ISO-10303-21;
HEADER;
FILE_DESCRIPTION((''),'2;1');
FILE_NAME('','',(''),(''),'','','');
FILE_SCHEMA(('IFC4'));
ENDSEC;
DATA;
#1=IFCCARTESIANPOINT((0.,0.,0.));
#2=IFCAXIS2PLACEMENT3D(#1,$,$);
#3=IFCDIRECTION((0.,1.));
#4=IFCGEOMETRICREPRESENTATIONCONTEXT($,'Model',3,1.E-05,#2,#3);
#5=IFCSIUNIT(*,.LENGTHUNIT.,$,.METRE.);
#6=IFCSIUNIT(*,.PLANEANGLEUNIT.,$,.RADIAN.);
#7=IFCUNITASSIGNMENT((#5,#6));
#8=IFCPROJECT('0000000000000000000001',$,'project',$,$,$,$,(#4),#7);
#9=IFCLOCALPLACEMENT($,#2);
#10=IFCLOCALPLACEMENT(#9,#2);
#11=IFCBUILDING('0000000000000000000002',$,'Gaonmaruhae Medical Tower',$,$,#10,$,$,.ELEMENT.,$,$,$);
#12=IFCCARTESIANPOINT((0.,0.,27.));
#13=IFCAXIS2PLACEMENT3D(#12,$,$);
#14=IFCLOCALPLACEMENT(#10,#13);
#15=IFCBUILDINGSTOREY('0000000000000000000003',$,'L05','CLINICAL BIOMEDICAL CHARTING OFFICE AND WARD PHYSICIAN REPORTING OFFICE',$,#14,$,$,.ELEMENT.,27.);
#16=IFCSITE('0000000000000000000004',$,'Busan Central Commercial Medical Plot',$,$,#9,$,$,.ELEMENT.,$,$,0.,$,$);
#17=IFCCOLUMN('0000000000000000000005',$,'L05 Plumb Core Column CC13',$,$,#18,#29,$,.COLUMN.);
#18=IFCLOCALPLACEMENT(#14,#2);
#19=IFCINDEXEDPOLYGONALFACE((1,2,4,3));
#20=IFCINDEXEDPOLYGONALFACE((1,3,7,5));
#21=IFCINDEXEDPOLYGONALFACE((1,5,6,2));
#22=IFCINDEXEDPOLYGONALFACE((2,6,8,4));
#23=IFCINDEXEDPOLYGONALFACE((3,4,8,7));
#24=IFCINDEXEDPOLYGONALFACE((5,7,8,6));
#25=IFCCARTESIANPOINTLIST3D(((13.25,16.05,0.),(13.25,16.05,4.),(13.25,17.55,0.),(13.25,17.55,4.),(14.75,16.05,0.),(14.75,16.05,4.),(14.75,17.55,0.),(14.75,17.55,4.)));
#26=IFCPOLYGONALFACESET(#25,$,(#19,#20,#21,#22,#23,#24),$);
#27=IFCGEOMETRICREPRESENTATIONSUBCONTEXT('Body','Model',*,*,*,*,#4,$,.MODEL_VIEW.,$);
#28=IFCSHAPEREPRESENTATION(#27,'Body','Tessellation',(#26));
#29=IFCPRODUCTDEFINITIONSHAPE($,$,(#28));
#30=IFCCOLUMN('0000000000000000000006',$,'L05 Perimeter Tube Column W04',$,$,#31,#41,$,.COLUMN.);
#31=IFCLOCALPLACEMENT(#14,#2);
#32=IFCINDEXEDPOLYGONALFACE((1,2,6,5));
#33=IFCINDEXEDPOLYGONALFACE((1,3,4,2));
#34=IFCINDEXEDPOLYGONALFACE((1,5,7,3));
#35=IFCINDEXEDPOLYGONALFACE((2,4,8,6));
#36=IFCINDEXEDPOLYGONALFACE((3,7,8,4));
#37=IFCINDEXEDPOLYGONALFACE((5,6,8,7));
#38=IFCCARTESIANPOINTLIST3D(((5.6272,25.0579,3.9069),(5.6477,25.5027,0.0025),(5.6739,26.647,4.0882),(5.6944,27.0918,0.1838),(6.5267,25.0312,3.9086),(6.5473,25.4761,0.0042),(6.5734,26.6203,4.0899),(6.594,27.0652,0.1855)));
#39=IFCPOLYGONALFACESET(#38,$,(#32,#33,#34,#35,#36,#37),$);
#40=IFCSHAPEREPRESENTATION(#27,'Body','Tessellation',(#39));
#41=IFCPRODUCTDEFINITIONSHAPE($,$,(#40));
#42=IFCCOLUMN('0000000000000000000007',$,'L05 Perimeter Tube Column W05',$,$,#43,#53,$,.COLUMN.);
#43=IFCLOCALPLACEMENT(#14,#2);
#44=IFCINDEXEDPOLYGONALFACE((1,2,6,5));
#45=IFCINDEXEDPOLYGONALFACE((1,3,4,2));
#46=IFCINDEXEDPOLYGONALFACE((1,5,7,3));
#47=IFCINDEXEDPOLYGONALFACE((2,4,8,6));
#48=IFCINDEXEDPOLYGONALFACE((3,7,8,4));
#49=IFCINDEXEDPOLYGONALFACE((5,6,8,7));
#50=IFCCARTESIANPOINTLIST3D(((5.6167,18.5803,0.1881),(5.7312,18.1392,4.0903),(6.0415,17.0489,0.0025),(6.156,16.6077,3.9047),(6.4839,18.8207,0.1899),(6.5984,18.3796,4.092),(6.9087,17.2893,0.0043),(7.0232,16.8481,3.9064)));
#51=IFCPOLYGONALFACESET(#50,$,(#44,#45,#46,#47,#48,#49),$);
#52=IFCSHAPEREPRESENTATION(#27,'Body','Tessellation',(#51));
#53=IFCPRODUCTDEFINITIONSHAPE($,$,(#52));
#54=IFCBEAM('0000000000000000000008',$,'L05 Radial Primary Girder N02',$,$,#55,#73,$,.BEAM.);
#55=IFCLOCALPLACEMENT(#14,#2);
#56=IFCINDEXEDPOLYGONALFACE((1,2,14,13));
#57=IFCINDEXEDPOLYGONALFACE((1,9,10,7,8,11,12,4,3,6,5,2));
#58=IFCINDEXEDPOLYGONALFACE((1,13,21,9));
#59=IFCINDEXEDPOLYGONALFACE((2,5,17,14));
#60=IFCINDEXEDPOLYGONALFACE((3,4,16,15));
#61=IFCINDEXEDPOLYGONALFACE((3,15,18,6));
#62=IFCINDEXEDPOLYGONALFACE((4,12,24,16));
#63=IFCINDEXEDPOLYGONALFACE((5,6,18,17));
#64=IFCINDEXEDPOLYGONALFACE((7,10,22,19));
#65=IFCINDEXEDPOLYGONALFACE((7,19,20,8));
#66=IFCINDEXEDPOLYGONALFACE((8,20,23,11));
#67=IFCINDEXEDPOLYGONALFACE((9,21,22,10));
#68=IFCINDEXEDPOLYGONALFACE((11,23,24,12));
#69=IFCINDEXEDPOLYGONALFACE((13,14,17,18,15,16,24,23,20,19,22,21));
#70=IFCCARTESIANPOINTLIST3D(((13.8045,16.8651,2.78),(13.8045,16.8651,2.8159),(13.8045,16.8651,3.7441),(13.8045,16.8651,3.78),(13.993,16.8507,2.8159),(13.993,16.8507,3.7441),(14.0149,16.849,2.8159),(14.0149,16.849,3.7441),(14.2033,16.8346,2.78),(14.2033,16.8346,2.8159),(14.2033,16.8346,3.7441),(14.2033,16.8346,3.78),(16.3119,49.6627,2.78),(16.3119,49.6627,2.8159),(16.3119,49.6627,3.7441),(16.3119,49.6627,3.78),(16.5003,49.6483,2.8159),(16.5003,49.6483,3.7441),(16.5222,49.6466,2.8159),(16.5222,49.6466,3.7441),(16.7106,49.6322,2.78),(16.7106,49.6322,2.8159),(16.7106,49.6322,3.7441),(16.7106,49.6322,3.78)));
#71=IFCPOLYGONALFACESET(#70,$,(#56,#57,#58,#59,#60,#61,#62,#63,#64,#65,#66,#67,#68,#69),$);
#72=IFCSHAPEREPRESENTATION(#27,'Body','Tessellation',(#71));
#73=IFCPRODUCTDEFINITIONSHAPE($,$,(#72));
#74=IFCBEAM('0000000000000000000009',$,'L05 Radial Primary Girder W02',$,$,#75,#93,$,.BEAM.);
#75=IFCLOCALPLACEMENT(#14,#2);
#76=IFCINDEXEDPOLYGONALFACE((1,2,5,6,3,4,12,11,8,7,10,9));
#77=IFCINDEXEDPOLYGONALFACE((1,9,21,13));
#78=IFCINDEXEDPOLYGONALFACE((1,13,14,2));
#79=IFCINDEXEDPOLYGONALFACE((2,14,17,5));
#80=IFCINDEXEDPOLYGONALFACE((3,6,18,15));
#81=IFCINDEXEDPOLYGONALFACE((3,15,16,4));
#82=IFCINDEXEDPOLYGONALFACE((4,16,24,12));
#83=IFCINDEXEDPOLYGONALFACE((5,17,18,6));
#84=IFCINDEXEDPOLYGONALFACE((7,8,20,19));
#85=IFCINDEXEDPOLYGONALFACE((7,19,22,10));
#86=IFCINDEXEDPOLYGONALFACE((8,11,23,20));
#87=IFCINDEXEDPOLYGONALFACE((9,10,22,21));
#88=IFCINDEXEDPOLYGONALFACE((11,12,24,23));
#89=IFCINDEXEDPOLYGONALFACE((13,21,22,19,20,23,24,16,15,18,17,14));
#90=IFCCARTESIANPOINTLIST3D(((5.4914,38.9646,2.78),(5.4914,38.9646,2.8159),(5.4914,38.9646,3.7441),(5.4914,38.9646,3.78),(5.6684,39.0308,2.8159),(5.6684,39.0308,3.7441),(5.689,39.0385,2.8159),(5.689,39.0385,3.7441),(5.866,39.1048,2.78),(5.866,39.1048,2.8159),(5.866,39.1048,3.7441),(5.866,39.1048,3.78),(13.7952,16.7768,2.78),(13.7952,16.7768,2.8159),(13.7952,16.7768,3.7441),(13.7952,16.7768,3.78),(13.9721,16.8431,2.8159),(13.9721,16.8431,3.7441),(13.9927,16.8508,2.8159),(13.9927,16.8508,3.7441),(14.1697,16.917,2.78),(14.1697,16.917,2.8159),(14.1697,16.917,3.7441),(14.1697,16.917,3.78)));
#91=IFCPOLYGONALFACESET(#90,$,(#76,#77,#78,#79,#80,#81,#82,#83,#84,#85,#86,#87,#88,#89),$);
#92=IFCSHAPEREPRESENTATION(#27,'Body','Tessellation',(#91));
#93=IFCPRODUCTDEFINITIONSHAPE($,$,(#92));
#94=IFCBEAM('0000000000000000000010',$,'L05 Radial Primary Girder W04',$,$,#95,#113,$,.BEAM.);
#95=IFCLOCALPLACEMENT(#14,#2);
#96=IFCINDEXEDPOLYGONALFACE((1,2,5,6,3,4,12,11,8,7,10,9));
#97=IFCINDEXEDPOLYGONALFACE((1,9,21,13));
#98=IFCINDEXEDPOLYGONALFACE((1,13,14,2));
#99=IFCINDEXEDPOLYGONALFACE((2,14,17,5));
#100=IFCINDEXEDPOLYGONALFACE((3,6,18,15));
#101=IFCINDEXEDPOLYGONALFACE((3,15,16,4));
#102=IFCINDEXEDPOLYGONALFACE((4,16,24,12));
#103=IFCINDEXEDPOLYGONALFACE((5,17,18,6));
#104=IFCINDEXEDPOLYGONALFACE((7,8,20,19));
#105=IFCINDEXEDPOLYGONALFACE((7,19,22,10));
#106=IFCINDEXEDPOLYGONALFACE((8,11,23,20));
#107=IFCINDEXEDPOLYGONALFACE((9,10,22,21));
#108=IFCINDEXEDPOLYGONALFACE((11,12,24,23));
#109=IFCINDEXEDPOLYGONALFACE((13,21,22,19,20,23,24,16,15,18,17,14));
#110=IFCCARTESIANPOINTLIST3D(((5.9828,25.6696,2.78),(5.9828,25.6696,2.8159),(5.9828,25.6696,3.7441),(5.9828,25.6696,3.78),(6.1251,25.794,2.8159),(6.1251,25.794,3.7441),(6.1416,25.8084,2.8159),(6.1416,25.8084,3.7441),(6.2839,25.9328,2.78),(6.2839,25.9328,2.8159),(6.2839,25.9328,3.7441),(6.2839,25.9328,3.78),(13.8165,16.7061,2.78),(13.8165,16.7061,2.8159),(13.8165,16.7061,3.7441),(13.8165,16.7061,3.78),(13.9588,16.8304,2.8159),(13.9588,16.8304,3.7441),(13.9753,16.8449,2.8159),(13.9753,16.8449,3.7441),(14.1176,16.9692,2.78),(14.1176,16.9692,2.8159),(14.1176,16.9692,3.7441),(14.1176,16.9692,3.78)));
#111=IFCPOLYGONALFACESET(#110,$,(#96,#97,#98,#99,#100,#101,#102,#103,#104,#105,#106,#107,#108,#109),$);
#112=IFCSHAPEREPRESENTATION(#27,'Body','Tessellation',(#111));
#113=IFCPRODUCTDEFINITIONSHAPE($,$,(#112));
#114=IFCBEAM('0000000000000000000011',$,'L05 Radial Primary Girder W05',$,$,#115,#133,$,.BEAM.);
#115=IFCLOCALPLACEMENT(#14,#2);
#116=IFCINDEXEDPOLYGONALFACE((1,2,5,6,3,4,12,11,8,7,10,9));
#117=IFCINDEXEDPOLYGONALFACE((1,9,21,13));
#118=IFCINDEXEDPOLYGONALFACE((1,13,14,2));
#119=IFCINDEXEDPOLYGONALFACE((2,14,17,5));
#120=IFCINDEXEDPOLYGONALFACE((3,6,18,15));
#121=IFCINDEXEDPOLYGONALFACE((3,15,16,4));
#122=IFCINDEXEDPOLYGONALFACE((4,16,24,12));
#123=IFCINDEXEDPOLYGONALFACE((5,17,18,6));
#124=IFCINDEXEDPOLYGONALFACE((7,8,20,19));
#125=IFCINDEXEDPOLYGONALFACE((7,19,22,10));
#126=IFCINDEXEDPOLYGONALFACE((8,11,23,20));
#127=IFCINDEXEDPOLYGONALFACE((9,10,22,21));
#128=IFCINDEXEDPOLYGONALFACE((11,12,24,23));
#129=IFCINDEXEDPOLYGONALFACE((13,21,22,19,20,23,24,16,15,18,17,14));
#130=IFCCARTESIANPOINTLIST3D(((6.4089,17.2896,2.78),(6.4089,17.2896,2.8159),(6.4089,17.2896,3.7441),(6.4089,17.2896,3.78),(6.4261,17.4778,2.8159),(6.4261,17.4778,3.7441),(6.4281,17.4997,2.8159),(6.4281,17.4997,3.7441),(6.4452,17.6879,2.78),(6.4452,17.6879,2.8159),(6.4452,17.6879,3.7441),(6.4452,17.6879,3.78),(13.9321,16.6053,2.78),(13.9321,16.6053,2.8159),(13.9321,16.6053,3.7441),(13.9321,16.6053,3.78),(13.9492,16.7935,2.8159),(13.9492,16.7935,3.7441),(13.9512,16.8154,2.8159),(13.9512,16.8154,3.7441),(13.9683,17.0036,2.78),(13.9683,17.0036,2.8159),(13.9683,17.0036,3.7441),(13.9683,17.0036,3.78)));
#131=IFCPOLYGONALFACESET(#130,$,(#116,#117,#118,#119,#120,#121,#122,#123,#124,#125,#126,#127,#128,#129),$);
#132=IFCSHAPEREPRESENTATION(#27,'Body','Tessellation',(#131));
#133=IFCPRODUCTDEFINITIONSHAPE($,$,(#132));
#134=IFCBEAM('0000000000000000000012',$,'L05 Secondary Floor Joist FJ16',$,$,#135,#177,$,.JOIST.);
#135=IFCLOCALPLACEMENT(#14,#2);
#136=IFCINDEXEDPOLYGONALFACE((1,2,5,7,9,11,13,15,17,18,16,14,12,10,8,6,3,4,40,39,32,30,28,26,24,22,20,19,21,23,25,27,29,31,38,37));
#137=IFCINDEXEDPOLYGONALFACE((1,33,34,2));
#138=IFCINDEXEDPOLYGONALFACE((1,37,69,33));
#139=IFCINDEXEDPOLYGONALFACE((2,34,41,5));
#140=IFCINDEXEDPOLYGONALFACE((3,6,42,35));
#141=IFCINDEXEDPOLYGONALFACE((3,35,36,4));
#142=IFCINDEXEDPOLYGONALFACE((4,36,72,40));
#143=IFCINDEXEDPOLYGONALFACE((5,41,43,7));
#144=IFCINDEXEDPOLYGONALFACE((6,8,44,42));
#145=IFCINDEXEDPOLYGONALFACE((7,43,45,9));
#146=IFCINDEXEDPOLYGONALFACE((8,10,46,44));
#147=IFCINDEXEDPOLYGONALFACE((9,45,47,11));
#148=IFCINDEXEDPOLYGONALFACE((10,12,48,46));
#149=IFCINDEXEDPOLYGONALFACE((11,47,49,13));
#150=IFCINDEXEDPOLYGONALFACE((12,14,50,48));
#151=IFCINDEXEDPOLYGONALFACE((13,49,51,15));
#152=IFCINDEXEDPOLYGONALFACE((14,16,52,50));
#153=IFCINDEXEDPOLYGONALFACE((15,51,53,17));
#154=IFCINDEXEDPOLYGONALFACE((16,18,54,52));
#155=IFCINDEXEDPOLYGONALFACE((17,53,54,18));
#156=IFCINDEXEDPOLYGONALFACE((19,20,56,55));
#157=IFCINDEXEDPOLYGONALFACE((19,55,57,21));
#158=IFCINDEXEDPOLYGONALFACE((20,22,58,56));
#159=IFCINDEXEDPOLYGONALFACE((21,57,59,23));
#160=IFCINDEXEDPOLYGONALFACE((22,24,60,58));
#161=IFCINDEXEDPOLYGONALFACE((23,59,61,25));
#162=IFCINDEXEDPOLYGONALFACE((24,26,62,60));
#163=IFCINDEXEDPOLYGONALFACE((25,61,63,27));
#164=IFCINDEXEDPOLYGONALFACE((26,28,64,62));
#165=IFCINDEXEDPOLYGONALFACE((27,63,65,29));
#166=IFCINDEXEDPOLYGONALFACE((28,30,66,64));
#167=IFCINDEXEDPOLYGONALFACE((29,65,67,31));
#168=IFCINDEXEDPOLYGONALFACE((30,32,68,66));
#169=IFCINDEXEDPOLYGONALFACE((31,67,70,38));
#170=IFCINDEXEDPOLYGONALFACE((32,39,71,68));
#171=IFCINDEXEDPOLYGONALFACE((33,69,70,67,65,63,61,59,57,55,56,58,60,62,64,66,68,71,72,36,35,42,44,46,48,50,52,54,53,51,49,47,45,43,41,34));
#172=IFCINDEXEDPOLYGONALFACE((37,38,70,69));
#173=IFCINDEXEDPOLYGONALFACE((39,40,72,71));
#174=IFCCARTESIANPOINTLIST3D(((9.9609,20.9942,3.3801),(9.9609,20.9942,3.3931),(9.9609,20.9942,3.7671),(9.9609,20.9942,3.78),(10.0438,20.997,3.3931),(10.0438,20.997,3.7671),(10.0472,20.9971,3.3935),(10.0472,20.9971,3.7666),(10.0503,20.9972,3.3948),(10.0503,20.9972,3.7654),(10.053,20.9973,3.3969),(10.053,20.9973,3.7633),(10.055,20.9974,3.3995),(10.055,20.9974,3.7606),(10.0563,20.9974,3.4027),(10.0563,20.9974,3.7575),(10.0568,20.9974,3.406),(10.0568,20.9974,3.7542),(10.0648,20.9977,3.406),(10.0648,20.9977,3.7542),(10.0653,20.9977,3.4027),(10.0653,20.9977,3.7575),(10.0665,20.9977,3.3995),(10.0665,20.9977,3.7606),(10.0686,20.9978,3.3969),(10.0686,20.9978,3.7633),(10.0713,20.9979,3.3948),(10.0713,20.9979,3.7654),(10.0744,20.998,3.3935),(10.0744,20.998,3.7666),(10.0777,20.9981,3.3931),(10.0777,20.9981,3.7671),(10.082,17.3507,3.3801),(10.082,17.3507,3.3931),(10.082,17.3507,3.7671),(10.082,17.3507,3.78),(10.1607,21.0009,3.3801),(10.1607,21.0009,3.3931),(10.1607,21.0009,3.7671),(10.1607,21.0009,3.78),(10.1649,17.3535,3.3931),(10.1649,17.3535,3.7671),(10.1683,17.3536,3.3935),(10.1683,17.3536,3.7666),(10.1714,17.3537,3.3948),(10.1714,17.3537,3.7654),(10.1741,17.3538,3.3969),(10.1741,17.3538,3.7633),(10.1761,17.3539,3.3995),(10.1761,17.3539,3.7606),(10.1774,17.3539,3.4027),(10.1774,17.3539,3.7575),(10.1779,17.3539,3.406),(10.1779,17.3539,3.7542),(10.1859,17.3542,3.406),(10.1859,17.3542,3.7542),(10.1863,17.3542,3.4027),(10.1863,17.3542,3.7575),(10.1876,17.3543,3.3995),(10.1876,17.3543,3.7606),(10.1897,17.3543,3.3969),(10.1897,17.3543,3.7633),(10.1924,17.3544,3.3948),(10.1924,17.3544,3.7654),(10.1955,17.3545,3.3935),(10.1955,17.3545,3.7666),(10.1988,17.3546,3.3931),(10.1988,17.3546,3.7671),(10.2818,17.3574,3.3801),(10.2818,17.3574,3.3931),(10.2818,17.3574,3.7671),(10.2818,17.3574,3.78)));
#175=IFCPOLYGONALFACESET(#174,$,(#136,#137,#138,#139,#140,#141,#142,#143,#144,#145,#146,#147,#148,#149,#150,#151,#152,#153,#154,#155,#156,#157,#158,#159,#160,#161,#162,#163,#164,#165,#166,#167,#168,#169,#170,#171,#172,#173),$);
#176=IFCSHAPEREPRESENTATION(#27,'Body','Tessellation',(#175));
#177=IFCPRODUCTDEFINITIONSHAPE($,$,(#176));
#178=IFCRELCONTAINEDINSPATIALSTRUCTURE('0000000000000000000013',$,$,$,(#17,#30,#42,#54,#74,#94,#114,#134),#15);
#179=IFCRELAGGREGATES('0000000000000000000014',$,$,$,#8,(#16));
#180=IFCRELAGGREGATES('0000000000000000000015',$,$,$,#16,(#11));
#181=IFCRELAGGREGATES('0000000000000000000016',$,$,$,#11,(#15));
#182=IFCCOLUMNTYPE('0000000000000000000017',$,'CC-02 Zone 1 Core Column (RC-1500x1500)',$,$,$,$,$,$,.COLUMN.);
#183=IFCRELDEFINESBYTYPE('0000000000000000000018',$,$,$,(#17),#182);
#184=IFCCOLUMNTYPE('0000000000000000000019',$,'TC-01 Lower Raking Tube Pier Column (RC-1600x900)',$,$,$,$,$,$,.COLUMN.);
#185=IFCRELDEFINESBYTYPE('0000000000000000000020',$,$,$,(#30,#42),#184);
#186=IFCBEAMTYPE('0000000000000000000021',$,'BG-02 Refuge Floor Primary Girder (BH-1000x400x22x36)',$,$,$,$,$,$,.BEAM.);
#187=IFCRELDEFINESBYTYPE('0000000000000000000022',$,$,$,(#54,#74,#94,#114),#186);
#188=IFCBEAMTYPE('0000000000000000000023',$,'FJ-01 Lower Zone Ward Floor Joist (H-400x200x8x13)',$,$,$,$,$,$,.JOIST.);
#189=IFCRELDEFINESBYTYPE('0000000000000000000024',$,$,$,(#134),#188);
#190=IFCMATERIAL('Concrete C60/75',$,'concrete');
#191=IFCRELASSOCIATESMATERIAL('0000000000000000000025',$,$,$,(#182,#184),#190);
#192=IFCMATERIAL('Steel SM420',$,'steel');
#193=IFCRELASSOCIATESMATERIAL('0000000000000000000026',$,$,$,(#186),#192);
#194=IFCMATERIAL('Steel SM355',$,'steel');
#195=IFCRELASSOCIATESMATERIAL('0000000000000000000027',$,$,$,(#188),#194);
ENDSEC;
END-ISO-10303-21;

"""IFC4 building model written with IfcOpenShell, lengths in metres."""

from ifc_helpers import new_model, si_unit, direction, frame, origin, origin_2d, place, context, subcontext, project, spatial, rectangle, i_section, extrude, material, material_profile, profile_set, type_object, element, save


model = new_model("IFC4")

# Units and contexts
model_context = context("Model", 3, precision=1e-05, world=origin(), true_north=direction((0.0, 1.0)))
body_context = subcontext(model_context, "Body", "Model", "MODEL_VIEW")
ifc_project = project(units=[si_unit("LENGTHUNIT", "METRE"), si_unit("PLANEANGLEUNIT", "RADIAN")], contexts=[model_context])

# Site, building, storey
site_placement = place(None, origin())
site = spatial("IfcSite", under=ifc_project, at=site_placement, Name="Busan Central Commercial Medical Plot", CompositionType="ELEMENT", RefElevation=0.0)
building_placement = place(site_placement, origin())
building = spatial("IfcBuilding", under=site, at=building_placement, Name="Gaonmaruhae Medical Tower", CompositionType="ELEMENT")
storey_placement = place(building_placement, frame((0.0, 0.0, 27.0)))
storey = spatial("IfcBuildingStorey", under=building, at=storey_placement, Name="L05", Description="CLINICAL BIOMEDICAL CHARTING OFFICE AND WARD PHYSICIAN REPORTING OFFICE", CompositionType="ELEMENT", Elevation=27.0)

# Columns
ifc_material_1 = material(Name="Concrete C60/75", Category="concrete")
ifc_material_profile_1 = material_profile(ifc_material_1, rectangle(XDim=1.5, YDim=1.5, at=origin_2d()), Name="RC-1500x1500")
ifc_profile_set_1 = profile_set([ifc_material_profile_1], Name="Concrete C60/75")
column_type_1 = type_object("IfcColumnType", Name="CC-02 Zone 1 Core Column (RC-1500x1500)", PredefinedType="COLUMN", material=ifc_profile_set_1)
column_1_placement = place(storey_placement, frame((14.0, 16.8, 0.0), z_axis=(0.0, 0.0, 1.0), x_axis=(1.0, 0.0, 0.0)))
element("IfcColumn", 1, at=column_1_placement, inside=storey, type_object=column_type_1, Name="L05 Plumb Core Column CC13", PredefinedType="COLUMN", context=body_context, shape_type="SweptSolid", body=[
    extrude(rectangle(XDim=1.5, YDim=1.5, at=origin_2d()), origin(), (0.0, 0.0, 1.0), 4.0),
])
ifc_material_profile_2 = material_profile(ifc_material_1, rectangle(XDim=1.6001, YDim=0.8999, at=origin_2d()), Name="RC-1600x900")
ifc_profile_set_2 = profile_set([ifc_material_profile_2], Name="Concrete C60/75")
column_type_2 = type_object("IfcColumnType", Name="TC-01 Lower Raking Tube Pier Column (RC-1600x900)", PredefinedType="COLUMN", material=ifc_profile_set_2)
column_2_placement = place(storey_placement, frame((6.1208, 26.2839, 0.094), z_axis=(-0.005219, -0.113198, 0.993559), x_axis=(0.029189, 0.993132, 0.113303)))
element("IfcColumn", 2, at=column_2_placement, inside=storey, type_object=column_type_2, Name="L05 Perimeter Tube Column W04", PredefinedType="COLUMN", context=body_context, shape_type="SweptSolid", body=[
    extrude(rectangle(XDim=1.6001, YDim=0.8999, at=origin_2d()), origin(), (0.0, 0.0, 1.0), 3.9297),
])
column_3_placement = place(storey_placement, frame((6.2627, 17.9348, 0.0962), z_axis=(0.029146, -0.112294, 0.993247), x_axis=(-0.26554, 0.957096, 0.115999)))
element("IfcColumn", 3, at=column_3_placement, inside=storey, type_object=column_type_2, Name="L05 Perimeter Tube Column W05", PredefinedType="COLUMN", context=body_context, shape_type="SweptSolid", body=[
    extrude(rectangle(XDim=1.6001, YDim=0.8999, at=origin_2d()), origin(), (0.0, 0.0, 1.0), 3.9287),
])

# Beams
ifc_material_2 = material(Name="Steel SM420", Category="steel")
ifc_material_profile_3 = material_profile(ifc_material_2, i_section(OverallWidth=0.3999, OverallDepth=1.0, WebThickness=0.022, FlangeThickness=0.0359, at=origin_2d()), Name="BH-1000x400x22x36")
ifc_profile_set_3 = profile_set([ifc_material_profile_3], Name="Steel SM420")
beam_type_1 = type_object("IfcBeamType", Name="BG-02 Refuge Floor Primary Girder (BH-1000x400x22x36)", PredefinedType="BEAM", material=ifc_profile_set_3)
beam_1_placement = place(storey_placement, frame((14.0039, 16.8499, 3.28), z_axis=(0.076226, 0.997091, 0.0), x_axis=(-0.997091, 0.076226, 0.0)))
element("IfcBeam", 4, at=beam_1_placement, inside=storey, type_object=beam_type_1, Name="L05 Radial Primary Girder N02", PredefinedType="BEAM", context=body_context, shape_type="SweptSolid", body=[
    extrude(i_section(OverallWidth=0.3999, OverallDepth=1.0, WebThickness=0.022, FlangeThickness=0.0359, at=origin_2d()), origin(), (0.0, 0.0, 1.0), 32.8933),
])
beam_2_placement = place(storey_placement, frame((13.9824, 16.8469, 3.28), z_axis=(-0.350506, 0.936561, 0.0), x_axis=(-0.936561, -0.350506, 0.0)))
element("IfcBeam", 5, at=beam_2_placement, inside=storey, type_object=beam_type_1, Name="L05 Radial Primary Girder W02", PredefinedType="BEAM", context=body_context, shape_type="SweptSolid", body=[
    extrude(i_section(OverallWidth=0.3999, OverallDepth=1.0, WebThickness=0.022, FlangeThickness=0.0359, at=origin_2d()), origin(), (0.0, 0.0, 1.0), 23.6907),
])
beam_3_placement = place(storey_placement, frame((13.967, 16.8376, 3.28), z_axis=(-0.658056, 0.752969, 0.0), x_axis=(-0.752969, -0.658056, 0.0)))
element("IfcBeam", 6, at=beam_3_placement, inside=storey, type_object=beam_type_1, Name="L05 Radial Primary Girder W04", PredefinedType="BEAM", context=body_context, shape_type="SweptSolid", body=[
    extrude(i_section(OverallWidth=0.3999, OverallDepth=1.0, WebThickness=0.022, FlangeThickness=0.0359, at=origin_2d()), origin(), (0.0, 0.0, 1.0), 11.9043),
])
beam_4_placement = place(storey_placement, frame((13.9502, 16.8044, 3.28), z_axis=(-0.995888, 0.090588, 0.0), x_axis=(-0.090588, -0.995888, 0.0)))
element("IfcBeam", 7, at=beam_4_placement, inside=storey, type_object=beam_type_1, Name="L05 Radial Primary Girder W05", PredefinedType="BEAM", context=body_context, shape_type="SweptSolid", body=[
    extrude(i_section(OverallWidth=0.3999, OverallDepth=1.0, WebThickness=0.022, FlangeThickness=0.0359, at=origin_2d()), origin(), (0.0, 0.0, 1.0), 7.5542),
])
ifc_material_3 = material(Name="Steel SM355", Category="steel")
ifc_material_profile_4 = material_profile(ifc_material_3, i_section(OverallWidth=0.2, OverallDepth=0.3999, WebThickness=0.0081, FlangeThickness=0.0129, FilletRadius=0.0129, at=origin_2d()), Name="H-400x200x8x13")
ifc_profile_set_4 = profile_set([ifc_material_profile_4], Name="Steel SM355")
beam_type_2 = type_object("IfcBeamType", Name="FJ-01 Lower Zone Ward Floor Joist (H-400x200x8x13)", PredefinedType="JOIST", material=ifc_profile_set_4)
beam_5_placement = place(storey_placement, frame((10.0608, 20.9976, 3.5801), z_axis=(0.033217, -0.999448, 0.0), x_axis=(0.999448, 0.033217, 0.0)))
element("IfcBeam", 8, at=beam_5_placement, inside=storey, type_object=beam_type_2, Name="L05 Secondary Floor Joist FJ16", PredefinedType="JOIST", context=body_context, shape_type="SweptSolid", body=[
    extrude(i_section(OverallWidth=0.2, OverallDepth=0.3999, WebThickness=0.0081, FlangeThickness=0.0129, FilletRadius=0.0129, at=origin_2d()), origin(), (0.0, 0.0, 1.0), 3.6455),
])

save(model, "model.ifc")
